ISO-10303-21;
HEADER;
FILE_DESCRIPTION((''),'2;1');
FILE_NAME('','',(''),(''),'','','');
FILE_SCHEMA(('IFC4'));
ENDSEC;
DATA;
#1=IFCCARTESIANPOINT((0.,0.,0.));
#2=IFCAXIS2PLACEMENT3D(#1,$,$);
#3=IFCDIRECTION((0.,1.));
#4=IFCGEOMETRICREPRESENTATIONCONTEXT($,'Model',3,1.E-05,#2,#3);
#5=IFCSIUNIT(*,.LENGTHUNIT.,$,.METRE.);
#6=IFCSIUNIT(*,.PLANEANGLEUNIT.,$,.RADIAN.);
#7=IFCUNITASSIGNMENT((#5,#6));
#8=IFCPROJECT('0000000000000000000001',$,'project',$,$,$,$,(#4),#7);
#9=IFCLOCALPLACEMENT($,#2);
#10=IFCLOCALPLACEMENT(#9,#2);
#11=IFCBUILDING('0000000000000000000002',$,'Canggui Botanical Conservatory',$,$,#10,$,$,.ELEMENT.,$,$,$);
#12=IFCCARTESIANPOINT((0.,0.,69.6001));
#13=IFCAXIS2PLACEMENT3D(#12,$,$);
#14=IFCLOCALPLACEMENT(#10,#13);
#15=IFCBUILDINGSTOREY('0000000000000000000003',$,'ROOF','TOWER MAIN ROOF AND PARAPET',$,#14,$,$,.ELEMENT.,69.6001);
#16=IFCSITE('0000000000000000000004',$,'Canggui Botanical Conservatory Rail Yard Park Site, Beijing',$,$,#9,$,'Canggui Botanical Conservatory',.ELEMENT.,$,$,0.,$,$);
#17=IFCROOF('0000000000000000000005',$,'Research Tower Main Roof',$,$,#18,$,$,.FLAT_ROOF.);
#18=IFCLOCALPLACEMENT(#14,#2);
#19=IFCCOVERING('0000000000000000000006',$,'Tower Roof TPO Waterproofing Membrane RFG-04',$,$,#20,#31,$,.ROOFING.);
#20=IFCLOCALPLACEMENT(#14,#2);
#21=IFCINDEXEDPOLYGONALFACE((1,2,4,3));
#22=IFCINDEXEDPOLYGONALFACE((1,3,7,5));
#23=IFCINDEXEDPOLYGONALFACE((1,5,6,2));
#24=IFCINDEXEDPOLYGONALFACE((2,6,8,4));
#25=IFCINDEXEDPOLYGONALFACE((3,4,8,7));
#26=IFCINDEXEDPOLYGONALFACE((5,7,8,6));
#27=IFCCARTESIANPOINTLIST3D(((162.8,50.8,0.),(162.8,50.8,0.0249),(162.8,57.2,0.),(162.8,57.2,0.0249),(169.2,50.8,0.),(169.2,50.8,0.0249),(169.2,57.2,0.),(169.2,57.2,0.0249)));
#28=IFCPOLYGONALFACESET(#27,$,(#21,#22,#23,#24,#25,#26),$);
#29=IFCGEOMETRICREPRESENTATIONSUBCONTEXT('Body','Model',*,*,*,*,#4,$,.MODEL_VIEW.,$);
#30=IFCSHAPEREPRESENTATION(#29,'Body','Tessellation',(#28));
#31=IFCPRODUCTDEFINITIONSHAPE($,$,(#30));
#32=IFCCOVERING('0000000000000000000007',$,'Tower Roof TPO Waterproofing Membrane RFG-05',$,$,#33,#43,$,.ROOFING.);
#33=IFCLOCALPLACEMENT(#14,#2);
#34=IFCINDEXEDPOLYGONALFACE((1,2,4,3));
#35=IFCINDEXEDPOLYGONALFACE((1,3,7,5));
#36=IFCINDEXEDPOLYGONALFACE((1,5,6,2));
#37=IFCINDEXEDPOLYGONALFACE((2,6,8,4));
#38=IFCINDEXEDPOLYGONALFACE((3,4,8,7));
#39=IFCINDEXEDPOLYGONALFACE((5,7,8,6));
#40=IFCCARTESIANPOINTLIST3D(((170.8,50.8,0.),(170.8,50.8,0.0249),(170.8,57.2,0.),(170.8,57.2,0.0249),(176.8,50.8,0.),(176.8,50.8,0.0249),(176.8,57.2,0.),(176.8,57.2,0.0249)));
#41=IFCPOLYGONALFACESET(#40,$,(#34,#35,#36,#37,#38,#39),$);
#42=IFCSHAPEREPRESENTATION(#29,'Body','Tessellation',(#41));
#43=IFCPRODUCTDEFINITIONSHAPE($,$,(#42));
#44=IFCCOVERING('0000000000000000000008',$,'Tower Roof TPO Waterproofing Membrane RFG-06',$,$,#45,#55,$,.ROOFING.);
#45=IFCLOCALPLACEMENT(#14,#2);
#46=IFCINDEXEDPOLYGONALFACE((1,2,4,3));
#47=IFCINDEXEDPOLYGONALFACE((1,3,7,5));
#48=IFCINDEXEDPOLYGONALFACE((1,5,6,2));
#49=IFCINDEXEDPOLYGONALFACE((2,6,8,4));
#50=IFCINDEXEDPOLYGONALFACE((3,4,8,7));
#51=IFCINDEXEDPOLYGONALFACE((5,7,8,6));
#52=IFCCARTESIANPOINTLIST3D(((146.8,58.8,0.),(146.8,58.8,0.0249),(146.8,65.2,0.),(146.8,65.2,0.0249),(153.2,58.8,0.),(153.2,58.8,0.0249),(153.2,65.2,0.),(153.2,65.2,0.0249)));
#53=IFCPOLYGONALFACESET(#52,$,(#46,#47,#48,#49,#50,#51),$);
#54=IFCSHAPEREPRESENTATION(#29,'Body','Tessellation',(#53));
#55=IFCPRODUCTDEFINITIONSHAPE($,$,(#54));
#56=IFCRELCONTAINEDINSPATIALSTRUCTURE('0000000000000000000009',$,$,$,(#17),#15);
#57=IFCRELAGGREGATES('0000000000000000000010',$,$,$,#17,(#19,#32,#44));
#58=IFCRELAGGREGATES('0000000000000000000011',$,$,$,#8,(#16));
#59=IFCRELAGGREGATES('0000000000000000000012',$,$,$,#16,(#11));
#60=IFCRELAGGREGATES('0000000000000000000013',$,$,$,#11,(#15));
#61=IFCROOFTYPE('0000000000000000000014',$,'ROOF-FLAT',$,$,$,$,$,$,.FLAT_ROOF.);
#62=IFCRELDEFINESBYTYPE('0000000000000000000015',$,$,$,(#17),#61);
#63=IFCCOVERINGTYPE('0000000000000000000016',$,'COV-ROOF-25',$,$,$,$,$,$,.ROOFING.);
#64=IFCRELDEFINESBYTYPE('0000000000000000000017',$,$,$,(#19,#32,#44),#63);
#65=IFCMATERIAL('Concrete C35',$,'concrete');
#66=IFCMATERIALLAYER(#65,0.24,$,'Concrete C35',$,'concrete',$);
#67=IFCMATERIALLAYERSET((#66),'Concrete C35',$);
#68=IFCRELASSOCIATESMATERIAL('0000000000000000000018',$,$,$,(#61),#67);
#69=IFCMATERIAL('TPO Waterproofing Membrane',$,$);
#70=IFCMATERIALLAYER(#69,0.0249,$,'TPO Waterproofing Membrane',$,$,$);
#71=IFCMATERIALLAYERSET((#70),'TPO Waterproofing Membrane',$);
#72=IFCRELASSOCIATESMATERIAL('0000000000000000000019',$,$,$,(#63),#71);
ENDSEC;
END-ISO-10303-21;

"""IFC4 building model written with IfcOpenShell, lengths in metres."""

from ifc_helpers import new_model, si_unit, direction, frame, origin, place, context, subcontext, project, spatial, polyline, outline, extrude, material, layer, layer_set, type_object, element, aggregate, save


model = new_model("IFC4")

# Units and contexts
model_context = context("Model", 3, precision=1e-05, world=origin(), true_north=direction((0.0, 1.0)))
body_context = subcontext(model_context, "Body", "Model", "MODEL_VIEW")
ifc_project = project(units=[si_unit("LENGTHUNIT", "METRE"), si_unit("PLANEANGLEUNIT", "RADIAN")], contexts=[model_context])

# Site, building, storey
site_placement = place(None, origin())
site = spatial("IfcSite", under=ifc_project, at=site_placement, Name="Canggui Botanical Conservatory Rail Yard Park Site, Beijing", LongName="Canggui Botanical Conservatory", CompositionType="ELEMENT", RefElevation=0.0)
building_placement = place(site_placement, origin())
building = spatial("IfcBuilding", under=site, at=building_placement, Name="Canggui Botanical Conservatory", CompositionType="ELEMENT")
storey_placement = place(building_placement, frame((0.0, 0.0, 69.6001)))
storey = spatial("IfcBuildingStorey", under=building, at=storey_placement, Name="ROOF", Description="TOWER MAIN ROOF AND PARAPET", CompositionType="ELEMENT", Elevation=69.6001)

# Shared definitions
ifc_material_1 = material(Name="Concrete C35", Category="concrete")

# Roof, coverings
ifc_layer_1 = layer(ifc_material_1, 0.24, Name="Concrete C35", Category="concrete")
ifc_layer_set_1 = layer_set([ifc_layer_1], Name="Concrete C35")
roof_type = type_object("IfcRoofType", Name="ROOF-FLAT", PredefinedType="FLAT_ROOF", material=ifc_layer_set_1)
roof_placement = place(storey_placement, origin())
roof = element("IfcRoof", 1, at=roof_placement, inside=storey, type_object=roof_type, Name="Research Tower Main Roof", PredefinedType="FLAT_ROOF")
ifc_material_2 = material(Name="TPO Waterproofing Membrane")
ifc_layer_2 = layer(ifc_material_2, 0.0249, Name="TPO Waterproofing Membrane")
ifc_layer_set_2 = layer_set([ifc_layer_2], Name="TPO Waterproofing Membrane")
covering_type = type_object("IfcCoveringType", Name="COV-ROOF-25", PredefinedType="ROOFING", material=ifc_layer_set_2)
covering_1_placement = place(storey_placement, origin())
covering_1 = element("IfcCovering", 2, at=covering_1_placement, type_object=covering_type, Name="Tower Roof TPO Waterproofing Membrane RFG-04", PredefinedType="ROOFING", context=body_context, shape_type="SweptSolid", body=[
    extrude(outline(polyline([(162.8, 50.8), (169.2, 50.8), (169.2, 57.2), (162.8, 57.2), (162.8, 50.8)])), origin(), (0.0, 0.0, 1.0), 0.0249),
])
covering_2_placement = place(storey_placement, origin())
covering_2 = element("IfcCovering", 3, at=covering_2_placement, type_object=covering_type, Name="Tower Roof TPO Waterproofing Membrane RFG-05", PredefinedType="ROOFING", context=body_context, shape_type="SweptSolid", body=[
    extrude(outline(polyline([(170.8, 50.8), (176.8, 50.8), (176.8, 57.2), (170.8, 57.2), (170.8, 50.8)])), origin(), (0.0, 0.0, 1.0), 0.0249),
])
covering_3_placement = place(storey_placement, origin())
covering_3 = element("IfcCovering", 4, at=covering_3_placement, type_object=covering_type, Name="Tower Roof TPO Waterproofing Membrane RFG-06", PredefinedType="ROOFING", context=body_context, shape_type="SweptSolid", body=[
    extrude(outline(polyline([(146.8, 58.8), (153.2, 58.8), (153.2, 65.2), (146.8, 65.2), (146.8, 58.8)])), origin(), (0.0, 0.0, 1.0), 0.0249),
])
aggregate(roof, [covering_1, covering_2, covering_3])

save(model, "model.ifc")
